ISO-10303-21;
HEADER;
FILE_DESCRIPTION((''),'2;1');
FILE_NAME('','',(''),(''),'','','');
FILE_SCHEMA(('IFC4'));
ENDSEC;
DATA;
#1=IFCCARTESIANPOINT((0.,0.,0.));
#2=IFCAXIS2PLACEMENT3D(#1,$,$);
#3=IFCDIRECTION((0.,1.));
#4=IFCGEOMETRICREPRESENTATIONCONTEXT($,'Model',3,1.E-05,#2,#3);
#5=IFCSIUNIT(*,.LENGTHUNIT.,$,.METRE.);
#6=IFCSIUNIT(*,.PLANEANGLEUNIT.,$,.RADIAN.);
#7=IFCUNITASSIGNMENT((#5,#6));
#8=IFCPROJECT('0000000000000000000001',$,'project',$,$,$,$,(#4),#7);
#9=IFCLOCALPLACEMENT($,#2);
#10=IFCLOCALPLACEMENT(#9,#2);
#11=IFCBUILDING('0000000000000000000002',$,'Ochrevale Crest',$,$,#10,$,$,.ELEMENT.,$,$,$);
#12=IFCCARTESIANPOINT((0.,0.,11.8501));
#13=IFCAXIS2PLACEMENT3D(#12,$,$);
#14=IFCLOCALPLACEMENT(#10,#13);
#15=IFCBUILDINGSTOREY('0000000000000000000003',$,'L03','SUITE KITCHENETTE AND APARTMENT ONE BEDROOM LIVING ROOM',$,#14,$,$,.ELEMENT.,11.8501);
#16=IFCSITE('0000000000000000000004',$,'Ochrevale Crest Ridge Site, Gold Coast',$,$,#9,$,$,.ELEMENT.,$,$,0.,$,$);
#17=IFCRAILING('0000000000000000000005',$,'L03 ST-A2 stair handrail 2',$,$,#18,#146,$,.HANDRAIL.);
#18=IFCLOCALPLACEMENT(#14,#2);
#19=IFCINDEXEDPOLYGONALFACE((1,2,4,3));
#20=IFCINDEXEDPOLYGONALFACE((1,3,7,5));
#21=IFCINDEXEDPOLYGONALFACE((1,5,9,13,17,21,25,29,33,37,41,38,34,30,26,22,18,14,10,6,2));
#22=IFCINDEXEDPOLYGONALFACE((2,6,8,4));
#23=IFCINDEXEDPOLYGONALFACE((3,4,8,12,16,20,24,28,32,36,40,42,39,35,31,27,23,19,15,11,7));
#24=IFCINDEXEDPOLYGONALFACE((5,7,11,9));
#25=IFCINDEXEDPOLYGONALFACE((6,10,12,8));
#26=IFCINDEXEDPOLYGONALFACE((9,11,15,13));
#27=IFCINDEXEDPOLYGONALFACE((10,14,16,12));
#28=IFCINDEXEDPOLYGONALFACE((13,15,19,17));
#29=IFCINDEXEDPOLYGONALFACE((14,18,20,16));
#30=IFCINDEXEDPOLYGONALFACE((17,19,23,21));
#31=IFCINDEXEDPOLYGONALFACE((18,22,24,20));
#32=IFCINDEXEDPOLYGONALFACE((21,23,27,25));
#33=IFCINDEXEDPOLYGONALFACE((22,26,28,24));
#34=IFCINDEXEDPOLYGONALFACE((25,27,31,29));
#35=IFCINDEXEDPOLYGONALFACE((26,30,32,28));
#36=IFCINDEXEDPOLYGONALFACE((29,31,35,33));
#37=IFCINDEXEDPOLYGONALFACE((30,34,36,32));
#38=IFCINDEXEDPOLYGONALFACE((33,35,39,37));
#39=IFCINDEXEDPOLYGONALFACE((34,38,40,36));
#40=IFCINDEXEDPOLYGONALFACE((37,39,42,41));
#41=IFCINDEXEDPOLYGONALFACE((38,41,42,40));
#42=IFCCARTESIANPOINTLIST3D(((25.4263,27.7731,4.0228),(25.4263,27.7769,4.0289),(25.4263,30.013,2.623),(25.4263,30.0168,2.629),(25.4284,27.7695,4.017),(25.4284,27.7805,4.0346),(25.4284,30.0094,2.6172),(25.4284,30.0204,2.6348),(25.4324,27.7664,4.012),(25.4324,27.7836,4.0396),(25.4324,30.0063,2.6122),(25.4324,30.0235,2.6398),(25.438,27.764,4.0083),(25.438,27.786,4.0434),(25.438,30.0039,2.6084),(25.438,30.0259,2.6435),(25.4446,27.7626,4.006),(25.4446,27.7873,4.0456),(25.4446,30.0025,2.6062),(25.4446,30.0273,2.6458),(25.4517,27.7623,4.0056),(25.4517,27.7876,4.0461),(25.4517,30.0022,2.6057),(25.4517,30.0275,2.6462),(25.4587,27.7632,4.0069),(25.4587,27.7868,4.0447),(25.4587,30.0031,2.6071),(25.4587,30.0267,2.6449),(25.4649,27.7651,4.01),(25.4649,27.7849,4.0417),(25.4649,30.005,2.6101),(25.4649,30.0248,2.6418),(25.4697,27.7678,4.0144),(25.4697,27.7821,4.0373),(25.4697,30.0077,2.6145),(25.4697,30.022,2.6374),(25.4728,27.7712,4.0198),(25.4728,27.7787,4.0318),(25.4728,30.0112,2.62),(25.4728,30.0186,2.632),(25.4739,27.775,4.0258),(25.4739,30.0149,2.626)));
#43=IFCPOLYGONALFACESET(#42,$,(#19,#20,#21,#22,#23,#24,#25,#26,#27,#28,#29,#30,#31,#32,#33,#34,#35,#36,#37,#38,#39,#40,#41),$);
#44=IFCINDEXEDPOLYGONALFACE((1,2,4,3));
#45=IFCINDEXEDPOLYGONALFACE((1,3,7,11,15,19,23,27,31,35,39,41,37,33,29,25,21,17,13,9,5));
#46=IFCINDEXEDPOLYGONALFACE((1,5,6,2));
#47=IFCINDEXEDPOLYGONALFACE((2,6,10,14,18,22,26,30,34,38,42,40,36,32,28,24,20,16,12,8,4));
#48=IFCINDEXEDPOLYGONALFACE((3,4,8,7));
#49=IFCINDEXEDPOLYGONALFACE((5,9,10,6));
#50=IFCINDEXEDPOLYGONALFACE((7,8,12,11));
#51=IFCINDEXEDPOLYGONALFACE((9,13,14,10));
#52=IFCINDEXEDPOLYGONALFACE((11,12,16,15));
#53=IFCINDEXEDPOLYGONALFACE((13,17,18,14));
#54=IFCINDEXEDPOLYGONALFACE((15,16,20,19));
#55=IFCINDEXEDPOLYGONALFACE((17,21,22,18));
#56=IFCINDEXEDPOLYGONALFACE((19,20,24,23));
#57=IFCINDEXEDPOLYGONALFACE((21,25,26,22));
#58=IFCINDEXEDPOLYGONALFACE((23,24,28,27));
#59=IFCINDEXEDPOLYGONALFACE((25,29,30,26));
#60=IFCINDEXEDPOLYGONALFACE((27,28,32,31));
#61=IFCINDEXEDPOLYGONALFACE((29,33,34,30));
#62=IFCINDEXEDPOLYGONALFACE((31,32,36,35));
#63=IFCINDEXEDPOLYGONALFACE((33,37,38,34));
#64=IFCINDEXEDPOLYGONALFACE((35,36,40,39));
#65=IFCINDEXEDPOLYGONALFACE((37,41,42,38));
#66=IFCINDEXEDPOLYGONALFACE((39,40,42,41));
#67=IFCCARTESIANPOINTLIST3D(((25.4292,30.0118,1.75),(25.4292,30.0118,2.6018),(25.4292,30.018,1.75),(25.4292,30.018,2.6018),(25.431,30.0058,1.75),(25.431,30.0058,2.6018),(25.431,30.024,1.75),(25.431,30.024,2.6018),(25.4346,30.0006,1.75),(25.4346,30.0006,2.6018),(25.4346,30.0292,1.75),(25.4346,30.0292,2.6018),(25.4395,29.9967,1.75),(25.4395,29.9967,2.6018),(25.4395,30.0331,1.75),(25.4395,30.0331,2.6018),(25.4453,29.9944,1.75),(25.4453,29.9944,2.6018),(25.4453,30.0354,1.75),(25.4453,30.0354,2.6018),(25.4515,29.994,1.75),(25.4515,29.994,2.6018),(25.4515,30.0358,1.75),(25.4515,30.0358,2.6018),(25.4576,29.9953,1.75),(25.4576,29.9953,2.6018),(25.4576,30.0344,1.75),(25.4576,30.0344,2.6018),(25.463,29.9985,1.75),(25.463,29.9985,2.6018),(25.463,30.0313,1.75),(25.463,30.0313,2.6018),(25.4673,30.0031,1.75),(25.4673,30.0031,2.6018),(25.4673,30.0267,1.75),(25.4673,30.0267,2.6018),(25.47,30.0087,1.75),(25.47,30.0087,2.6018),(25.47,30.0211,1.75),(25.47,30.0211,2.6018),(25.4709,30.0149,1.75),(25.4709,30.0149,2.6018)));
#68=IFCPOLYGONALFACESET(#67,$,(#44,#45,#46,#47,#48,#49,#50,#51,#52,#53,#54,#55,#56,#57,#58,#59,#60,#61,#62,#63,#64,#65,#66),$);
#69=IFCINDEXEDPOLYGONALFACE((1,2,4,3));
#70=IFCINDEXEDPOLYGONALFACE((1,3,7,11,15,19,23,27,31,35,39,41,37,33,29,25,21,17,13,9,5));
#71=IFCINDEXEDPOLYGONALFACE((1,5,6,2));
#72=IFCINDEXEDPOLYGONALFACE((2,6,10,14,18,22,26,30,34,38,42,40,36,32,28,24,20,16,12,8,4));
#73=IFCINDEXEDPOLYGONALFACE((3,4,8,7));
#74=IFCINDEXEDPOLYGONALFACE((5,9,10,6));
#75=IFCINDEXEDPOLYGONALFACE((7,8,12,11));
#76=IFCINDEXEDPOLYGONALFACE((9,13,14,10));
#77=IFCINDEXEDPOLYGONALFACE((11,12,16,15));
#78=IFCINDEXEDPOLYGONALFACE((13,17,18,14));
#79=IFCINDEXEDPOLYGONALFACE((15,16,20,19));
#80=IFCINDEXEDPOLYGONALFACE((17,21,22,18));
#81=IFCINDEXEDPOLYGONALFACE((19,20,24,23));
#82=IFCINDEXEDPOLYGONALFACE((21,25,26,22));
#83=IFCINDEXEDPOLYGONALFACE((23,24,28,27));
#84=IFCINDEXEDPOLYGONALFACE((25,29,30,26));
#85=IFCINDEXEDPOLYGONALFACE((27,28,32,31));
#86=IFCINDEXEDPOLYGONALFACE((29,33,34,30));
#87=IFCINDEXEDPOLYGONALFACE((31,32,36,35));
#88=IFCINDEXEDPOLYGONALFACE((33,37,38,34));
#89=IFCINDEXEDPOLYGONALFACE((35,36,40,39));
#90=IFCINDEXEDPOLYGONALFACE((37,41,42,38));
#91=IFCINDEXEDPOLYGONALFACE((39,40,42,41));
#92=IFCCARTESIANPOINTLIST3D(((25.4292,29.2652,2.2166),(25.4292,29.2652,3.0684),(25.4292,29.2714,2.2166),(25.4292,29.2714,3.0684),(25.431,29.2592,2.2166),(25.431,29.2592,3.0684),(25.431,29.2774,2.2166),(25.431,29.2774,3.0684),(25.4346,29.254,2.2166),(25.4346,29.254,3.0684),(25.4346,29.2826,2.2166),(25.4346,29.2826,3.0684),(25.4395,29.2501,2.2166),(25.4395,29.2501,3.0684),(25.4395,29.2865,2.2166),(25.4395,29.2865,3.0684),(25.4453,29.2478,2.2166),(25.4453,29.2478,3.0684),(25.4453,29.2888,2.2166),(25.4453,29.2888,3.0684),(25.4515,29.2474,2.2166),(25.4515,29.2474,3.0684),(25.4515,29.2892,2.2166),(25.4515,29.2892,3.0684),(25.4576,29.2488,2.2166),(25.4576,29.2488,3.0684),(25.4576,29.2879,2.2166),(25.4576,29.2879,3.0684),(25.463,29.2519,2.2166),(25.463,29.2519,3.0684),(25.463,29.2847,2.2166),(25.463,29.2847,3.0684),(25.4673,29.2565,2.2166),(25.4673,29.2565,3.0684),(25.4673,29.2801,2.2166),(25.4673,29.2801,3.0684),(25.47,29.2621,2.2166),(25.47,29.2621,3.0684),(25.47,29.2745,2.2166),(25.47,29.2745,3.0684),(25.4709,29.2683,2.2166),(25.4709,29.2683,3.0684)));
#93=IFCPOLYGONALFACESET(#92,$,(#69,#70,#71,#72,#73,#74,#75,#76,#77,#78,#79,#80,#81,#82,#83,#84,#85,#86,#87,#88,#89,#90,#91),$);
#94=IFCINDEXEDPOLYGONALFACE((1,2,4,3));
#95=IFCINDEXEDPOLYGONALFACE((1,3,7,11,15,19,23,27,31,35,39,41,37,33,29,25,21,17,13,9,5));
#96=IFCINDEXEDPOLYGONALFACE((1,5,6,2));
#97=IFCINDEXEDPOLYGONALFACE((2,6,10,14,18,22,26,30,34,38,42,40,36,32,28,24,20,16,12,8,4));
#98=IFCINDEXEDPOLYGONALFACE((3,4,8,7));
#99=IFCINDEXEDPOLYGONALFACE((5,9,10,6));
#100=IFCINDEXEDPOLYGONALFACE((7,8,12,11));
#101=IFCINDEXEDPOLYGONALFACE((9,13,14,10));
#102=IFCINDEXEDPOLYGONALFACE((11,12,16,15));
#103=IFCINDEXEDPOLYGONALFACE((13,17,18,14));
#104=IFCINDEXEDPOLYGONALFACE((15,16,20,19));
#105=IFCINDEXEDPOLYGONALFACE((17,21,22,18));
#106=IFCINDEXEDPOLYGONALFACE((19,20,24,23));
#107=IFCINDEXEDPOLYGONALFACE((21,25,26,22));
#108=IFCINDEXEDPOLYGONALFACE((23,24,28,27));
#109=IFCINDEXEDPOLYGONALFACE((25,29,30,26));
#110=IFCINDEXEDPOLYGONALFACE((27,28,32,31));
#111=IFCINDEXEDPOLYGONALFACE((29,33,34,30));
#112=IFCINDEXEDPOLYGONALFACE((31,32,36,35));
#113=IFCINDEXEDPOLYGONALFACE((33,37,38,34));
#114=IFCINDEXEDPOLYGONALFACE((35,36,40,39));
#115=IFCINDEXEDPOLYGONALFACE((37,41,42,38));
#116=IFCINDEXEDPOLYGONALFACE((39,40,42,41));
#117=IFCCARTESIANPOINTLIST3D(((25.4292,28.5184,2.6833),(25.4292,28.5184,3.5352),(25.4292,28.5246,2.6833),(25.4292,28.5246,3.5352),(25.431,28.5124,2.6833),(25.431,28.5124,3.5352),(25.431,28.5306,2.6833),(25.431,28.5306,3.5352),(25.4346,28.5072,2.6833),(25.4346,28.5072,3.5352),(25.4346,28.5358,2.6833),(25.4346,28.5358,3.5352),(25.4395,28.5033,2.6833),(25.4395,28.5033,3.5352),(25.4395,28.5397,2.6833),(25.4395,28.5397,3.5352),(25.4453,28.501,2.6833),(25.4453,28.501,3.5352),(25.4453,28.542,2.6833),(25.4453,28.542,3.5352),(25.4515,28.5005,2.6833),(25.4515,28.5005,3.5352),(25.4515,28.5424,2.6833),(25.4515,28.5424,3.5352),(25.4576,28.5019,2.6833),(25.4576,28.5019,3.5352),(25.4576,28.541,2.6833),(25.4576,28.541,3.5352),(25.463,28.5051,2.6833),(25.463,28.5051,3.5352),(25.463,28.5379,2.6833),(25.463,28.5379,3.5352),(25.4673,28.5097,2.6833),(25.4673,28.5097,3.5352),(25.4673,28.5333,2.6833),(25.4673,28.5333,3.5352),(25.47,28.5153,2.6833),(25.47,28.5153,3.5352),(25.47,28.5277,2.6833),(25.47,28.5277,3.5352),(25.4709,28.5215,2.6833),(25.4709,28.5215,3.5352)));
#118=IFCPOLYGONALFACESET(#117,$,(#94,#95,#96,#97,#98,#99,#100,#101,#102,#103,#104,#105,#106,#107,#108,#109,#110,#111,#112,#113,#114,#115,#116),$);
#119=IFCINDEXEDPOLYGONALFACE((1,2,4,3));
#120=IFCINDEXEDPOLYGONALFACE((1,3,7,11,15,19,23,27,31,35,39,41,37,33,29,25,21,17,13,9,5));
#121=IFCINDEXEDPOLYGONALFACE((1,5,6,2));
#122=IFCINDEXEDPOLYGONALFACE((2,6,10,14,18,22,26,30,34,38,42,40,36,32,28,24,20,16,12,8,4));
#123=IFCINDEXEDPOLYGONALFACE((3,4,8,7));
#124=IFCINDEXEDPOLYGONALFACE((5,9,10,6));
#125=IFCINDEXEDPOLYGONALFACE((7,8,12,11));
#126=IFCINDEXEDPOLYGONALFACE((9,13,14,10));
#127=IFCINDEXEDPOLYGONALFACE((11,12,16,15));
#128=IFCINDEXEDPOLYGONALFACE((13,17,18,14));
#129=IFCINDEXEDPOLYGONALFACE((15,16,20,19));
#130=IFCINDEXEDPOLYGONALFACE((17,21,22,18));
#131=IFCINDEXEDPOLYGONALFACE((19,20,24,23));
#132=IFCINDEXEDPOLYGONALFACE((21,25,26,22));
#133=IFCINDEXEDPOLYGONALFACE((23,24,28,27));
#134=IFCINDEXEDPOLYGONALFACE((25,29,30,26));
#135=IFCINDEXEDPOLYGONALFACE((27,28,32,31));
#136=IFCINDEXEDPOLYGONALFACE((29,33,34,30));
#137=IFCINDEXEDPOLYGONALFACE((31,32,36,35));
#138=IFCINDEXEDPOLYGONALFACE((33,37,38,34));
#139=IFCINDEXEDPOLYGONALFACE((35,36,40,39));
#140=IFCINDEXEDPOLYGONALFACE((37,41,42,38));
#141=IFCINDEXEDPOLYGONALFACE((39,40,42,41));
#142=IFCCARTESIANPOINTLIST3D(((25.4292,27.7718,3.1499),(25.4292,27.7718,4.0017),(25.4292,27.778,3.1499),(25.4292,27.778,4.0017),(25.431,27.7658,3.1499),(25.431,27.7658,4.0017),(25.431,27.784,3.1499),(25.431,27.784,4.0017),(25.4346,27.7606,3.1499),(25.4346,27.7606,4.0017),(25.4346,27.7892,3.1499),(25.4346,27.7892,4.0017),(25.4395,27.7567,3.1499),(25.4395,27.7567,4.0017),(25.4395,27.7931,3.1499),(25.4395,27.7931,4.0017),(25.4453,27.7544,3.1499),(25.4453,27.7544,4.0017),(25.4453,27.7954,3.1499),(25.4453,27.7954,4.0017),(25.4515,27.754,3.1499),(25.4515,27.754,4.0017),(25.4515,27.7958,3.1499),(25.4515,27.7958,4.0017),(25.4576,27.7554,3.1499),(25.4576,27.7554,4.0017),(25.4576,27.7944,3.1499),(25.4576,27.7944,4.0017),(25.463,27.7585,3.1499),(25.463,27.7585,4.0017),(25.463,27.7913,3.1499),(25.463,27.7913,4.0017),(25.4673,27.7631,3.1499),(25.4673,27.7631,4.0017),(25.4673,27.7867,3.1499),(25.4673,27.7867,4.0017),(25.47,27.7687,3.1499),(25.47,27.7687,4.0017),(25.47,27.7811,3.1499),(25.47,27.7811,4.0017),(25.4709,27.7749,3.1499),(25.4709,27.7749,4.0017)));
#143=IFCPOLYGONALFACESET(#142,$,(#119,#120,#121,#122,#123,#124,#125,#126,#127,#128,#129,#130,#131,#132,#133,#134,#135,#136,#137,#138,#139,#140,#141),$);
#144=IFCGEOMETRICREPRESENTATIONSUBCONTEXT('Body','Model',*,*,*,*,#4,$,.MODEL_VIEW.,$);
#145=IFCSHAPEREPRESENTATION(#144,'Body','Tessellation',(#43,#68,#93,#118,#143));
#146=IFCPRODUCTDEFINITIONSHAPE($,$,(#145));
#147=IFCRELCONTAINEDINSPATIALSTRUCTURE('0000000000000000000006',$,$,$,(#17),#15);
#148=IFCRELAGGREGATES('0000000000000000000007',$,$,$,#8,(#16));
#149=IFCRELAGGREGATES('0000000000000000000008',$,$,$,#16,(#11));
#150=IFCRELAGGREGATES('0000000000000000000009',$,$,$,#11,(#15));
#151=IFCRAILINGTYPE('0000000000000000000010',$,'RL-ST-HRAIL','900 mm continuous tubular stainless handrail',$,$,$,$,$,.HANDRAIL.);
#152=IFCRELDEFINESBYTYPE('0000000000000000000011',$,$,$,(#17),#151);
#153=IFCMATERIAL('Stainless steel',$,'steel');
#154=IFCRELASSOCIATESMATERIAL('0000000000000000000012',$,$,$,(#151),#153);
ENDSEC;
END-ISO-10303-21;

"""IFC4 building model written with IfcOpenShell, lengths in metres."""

from ifc_helpers import new_model, si_unit, direction, frame, origin, origin_2d, place, context, subcontext, project, spatial, circle, extrude, material, type_object, element, save


model = new_model("IFC4")

# Units and contexts
model_context = context("Model", 3, precision=1e-05, world=origin(), true_north=direction((0.0, 1.0)))
body_context = subcontext(model_context, "Body", "Model", "MODEL_VIEW")
ifc_project = project(units=[si_unit("LENGTHUNIT", "METRE"), si_unit("PLANEANGLEUNIT", "RADIAN")], contexts=[model_context])

# Site, building, storey
site_placement = place(None, origin())
site = spatial("IfcSite", under=ifc_project, at=site_placement, Name="Ochrevale Crest Ridge Site, Gold Coast", CompositionType="ELEMENT", RefElevation=0.0)
building_placement = place(site_placement, origin())
building = spatial("IfcBuilding", under=site, at=building_placement, Name="Ochrevale Crest", CompositionType="ELEMENT")
storey_placement = place(building_placement, frame((0.0, 0.0, 11.8501)))
storey = spatial("IfcBuildingStorey", under=building, at=storey_placement, Name="L03", Description="SUITE KITCHENETTE AND APARTMENT ONE BEDROOM LIVING ROOM", CompositionType="ELEMENT", Elevation=11.8501)

# Railing
ifc_material_1 = material(Name="Stainless steel", Category="steel")
railing_type_1 = type_object("IfcRailingType", Name="RL-ST-HRAIL", Description="900 mm continuous tubular stainless handrail", PredefinedType="HANDRAIL", material=ifc_material_1)
railing_1_placement = place(storey_placement, frame((25.45, 30.0149, 1.75)))
element("IfcRailing", 1, at=railing_1_placement, inside=storey, type_object=railing_type_1, Name="L03 ST-A2 stair handrail 2", PredefinedType="HANDRAIL", context=body_context, shape_type="SweptSolid", body=[
    extrude(circle(Radius=0.0239, at=origin_2d()), frame((0.0, 0.0, 0.876), z_axis=(0.0, -0.848014, 0.529974), x_axis=(1.0, 0.0, 0.0)), (0.0, 0.0, 1.0), 2.6414),
    extrude(circle(Radius=0.021, at=origin_2d()), origin(), (0.0, 0.0, 1.0), 0.8518),
    extrude(circle(Radius=0.021, at=origin_2d()), frame((0.0, -0.7466, 0.4666)), (0.0, 0.0, 1.0), 0.8518),
    extrude(circle(Radius=0.021, at=origin_2d()), frame((0.0, -1.4934, 0.9333)), (0.0, 0.0, 1.0), 0.8518),
    extrude(circle(Radius=0.021, at=origin_2d()), frame((0.0, -2.24, 1.3999)), (0.0, 0.0, 1.0), 0.8518),
])

save(model, "model.ifc")
